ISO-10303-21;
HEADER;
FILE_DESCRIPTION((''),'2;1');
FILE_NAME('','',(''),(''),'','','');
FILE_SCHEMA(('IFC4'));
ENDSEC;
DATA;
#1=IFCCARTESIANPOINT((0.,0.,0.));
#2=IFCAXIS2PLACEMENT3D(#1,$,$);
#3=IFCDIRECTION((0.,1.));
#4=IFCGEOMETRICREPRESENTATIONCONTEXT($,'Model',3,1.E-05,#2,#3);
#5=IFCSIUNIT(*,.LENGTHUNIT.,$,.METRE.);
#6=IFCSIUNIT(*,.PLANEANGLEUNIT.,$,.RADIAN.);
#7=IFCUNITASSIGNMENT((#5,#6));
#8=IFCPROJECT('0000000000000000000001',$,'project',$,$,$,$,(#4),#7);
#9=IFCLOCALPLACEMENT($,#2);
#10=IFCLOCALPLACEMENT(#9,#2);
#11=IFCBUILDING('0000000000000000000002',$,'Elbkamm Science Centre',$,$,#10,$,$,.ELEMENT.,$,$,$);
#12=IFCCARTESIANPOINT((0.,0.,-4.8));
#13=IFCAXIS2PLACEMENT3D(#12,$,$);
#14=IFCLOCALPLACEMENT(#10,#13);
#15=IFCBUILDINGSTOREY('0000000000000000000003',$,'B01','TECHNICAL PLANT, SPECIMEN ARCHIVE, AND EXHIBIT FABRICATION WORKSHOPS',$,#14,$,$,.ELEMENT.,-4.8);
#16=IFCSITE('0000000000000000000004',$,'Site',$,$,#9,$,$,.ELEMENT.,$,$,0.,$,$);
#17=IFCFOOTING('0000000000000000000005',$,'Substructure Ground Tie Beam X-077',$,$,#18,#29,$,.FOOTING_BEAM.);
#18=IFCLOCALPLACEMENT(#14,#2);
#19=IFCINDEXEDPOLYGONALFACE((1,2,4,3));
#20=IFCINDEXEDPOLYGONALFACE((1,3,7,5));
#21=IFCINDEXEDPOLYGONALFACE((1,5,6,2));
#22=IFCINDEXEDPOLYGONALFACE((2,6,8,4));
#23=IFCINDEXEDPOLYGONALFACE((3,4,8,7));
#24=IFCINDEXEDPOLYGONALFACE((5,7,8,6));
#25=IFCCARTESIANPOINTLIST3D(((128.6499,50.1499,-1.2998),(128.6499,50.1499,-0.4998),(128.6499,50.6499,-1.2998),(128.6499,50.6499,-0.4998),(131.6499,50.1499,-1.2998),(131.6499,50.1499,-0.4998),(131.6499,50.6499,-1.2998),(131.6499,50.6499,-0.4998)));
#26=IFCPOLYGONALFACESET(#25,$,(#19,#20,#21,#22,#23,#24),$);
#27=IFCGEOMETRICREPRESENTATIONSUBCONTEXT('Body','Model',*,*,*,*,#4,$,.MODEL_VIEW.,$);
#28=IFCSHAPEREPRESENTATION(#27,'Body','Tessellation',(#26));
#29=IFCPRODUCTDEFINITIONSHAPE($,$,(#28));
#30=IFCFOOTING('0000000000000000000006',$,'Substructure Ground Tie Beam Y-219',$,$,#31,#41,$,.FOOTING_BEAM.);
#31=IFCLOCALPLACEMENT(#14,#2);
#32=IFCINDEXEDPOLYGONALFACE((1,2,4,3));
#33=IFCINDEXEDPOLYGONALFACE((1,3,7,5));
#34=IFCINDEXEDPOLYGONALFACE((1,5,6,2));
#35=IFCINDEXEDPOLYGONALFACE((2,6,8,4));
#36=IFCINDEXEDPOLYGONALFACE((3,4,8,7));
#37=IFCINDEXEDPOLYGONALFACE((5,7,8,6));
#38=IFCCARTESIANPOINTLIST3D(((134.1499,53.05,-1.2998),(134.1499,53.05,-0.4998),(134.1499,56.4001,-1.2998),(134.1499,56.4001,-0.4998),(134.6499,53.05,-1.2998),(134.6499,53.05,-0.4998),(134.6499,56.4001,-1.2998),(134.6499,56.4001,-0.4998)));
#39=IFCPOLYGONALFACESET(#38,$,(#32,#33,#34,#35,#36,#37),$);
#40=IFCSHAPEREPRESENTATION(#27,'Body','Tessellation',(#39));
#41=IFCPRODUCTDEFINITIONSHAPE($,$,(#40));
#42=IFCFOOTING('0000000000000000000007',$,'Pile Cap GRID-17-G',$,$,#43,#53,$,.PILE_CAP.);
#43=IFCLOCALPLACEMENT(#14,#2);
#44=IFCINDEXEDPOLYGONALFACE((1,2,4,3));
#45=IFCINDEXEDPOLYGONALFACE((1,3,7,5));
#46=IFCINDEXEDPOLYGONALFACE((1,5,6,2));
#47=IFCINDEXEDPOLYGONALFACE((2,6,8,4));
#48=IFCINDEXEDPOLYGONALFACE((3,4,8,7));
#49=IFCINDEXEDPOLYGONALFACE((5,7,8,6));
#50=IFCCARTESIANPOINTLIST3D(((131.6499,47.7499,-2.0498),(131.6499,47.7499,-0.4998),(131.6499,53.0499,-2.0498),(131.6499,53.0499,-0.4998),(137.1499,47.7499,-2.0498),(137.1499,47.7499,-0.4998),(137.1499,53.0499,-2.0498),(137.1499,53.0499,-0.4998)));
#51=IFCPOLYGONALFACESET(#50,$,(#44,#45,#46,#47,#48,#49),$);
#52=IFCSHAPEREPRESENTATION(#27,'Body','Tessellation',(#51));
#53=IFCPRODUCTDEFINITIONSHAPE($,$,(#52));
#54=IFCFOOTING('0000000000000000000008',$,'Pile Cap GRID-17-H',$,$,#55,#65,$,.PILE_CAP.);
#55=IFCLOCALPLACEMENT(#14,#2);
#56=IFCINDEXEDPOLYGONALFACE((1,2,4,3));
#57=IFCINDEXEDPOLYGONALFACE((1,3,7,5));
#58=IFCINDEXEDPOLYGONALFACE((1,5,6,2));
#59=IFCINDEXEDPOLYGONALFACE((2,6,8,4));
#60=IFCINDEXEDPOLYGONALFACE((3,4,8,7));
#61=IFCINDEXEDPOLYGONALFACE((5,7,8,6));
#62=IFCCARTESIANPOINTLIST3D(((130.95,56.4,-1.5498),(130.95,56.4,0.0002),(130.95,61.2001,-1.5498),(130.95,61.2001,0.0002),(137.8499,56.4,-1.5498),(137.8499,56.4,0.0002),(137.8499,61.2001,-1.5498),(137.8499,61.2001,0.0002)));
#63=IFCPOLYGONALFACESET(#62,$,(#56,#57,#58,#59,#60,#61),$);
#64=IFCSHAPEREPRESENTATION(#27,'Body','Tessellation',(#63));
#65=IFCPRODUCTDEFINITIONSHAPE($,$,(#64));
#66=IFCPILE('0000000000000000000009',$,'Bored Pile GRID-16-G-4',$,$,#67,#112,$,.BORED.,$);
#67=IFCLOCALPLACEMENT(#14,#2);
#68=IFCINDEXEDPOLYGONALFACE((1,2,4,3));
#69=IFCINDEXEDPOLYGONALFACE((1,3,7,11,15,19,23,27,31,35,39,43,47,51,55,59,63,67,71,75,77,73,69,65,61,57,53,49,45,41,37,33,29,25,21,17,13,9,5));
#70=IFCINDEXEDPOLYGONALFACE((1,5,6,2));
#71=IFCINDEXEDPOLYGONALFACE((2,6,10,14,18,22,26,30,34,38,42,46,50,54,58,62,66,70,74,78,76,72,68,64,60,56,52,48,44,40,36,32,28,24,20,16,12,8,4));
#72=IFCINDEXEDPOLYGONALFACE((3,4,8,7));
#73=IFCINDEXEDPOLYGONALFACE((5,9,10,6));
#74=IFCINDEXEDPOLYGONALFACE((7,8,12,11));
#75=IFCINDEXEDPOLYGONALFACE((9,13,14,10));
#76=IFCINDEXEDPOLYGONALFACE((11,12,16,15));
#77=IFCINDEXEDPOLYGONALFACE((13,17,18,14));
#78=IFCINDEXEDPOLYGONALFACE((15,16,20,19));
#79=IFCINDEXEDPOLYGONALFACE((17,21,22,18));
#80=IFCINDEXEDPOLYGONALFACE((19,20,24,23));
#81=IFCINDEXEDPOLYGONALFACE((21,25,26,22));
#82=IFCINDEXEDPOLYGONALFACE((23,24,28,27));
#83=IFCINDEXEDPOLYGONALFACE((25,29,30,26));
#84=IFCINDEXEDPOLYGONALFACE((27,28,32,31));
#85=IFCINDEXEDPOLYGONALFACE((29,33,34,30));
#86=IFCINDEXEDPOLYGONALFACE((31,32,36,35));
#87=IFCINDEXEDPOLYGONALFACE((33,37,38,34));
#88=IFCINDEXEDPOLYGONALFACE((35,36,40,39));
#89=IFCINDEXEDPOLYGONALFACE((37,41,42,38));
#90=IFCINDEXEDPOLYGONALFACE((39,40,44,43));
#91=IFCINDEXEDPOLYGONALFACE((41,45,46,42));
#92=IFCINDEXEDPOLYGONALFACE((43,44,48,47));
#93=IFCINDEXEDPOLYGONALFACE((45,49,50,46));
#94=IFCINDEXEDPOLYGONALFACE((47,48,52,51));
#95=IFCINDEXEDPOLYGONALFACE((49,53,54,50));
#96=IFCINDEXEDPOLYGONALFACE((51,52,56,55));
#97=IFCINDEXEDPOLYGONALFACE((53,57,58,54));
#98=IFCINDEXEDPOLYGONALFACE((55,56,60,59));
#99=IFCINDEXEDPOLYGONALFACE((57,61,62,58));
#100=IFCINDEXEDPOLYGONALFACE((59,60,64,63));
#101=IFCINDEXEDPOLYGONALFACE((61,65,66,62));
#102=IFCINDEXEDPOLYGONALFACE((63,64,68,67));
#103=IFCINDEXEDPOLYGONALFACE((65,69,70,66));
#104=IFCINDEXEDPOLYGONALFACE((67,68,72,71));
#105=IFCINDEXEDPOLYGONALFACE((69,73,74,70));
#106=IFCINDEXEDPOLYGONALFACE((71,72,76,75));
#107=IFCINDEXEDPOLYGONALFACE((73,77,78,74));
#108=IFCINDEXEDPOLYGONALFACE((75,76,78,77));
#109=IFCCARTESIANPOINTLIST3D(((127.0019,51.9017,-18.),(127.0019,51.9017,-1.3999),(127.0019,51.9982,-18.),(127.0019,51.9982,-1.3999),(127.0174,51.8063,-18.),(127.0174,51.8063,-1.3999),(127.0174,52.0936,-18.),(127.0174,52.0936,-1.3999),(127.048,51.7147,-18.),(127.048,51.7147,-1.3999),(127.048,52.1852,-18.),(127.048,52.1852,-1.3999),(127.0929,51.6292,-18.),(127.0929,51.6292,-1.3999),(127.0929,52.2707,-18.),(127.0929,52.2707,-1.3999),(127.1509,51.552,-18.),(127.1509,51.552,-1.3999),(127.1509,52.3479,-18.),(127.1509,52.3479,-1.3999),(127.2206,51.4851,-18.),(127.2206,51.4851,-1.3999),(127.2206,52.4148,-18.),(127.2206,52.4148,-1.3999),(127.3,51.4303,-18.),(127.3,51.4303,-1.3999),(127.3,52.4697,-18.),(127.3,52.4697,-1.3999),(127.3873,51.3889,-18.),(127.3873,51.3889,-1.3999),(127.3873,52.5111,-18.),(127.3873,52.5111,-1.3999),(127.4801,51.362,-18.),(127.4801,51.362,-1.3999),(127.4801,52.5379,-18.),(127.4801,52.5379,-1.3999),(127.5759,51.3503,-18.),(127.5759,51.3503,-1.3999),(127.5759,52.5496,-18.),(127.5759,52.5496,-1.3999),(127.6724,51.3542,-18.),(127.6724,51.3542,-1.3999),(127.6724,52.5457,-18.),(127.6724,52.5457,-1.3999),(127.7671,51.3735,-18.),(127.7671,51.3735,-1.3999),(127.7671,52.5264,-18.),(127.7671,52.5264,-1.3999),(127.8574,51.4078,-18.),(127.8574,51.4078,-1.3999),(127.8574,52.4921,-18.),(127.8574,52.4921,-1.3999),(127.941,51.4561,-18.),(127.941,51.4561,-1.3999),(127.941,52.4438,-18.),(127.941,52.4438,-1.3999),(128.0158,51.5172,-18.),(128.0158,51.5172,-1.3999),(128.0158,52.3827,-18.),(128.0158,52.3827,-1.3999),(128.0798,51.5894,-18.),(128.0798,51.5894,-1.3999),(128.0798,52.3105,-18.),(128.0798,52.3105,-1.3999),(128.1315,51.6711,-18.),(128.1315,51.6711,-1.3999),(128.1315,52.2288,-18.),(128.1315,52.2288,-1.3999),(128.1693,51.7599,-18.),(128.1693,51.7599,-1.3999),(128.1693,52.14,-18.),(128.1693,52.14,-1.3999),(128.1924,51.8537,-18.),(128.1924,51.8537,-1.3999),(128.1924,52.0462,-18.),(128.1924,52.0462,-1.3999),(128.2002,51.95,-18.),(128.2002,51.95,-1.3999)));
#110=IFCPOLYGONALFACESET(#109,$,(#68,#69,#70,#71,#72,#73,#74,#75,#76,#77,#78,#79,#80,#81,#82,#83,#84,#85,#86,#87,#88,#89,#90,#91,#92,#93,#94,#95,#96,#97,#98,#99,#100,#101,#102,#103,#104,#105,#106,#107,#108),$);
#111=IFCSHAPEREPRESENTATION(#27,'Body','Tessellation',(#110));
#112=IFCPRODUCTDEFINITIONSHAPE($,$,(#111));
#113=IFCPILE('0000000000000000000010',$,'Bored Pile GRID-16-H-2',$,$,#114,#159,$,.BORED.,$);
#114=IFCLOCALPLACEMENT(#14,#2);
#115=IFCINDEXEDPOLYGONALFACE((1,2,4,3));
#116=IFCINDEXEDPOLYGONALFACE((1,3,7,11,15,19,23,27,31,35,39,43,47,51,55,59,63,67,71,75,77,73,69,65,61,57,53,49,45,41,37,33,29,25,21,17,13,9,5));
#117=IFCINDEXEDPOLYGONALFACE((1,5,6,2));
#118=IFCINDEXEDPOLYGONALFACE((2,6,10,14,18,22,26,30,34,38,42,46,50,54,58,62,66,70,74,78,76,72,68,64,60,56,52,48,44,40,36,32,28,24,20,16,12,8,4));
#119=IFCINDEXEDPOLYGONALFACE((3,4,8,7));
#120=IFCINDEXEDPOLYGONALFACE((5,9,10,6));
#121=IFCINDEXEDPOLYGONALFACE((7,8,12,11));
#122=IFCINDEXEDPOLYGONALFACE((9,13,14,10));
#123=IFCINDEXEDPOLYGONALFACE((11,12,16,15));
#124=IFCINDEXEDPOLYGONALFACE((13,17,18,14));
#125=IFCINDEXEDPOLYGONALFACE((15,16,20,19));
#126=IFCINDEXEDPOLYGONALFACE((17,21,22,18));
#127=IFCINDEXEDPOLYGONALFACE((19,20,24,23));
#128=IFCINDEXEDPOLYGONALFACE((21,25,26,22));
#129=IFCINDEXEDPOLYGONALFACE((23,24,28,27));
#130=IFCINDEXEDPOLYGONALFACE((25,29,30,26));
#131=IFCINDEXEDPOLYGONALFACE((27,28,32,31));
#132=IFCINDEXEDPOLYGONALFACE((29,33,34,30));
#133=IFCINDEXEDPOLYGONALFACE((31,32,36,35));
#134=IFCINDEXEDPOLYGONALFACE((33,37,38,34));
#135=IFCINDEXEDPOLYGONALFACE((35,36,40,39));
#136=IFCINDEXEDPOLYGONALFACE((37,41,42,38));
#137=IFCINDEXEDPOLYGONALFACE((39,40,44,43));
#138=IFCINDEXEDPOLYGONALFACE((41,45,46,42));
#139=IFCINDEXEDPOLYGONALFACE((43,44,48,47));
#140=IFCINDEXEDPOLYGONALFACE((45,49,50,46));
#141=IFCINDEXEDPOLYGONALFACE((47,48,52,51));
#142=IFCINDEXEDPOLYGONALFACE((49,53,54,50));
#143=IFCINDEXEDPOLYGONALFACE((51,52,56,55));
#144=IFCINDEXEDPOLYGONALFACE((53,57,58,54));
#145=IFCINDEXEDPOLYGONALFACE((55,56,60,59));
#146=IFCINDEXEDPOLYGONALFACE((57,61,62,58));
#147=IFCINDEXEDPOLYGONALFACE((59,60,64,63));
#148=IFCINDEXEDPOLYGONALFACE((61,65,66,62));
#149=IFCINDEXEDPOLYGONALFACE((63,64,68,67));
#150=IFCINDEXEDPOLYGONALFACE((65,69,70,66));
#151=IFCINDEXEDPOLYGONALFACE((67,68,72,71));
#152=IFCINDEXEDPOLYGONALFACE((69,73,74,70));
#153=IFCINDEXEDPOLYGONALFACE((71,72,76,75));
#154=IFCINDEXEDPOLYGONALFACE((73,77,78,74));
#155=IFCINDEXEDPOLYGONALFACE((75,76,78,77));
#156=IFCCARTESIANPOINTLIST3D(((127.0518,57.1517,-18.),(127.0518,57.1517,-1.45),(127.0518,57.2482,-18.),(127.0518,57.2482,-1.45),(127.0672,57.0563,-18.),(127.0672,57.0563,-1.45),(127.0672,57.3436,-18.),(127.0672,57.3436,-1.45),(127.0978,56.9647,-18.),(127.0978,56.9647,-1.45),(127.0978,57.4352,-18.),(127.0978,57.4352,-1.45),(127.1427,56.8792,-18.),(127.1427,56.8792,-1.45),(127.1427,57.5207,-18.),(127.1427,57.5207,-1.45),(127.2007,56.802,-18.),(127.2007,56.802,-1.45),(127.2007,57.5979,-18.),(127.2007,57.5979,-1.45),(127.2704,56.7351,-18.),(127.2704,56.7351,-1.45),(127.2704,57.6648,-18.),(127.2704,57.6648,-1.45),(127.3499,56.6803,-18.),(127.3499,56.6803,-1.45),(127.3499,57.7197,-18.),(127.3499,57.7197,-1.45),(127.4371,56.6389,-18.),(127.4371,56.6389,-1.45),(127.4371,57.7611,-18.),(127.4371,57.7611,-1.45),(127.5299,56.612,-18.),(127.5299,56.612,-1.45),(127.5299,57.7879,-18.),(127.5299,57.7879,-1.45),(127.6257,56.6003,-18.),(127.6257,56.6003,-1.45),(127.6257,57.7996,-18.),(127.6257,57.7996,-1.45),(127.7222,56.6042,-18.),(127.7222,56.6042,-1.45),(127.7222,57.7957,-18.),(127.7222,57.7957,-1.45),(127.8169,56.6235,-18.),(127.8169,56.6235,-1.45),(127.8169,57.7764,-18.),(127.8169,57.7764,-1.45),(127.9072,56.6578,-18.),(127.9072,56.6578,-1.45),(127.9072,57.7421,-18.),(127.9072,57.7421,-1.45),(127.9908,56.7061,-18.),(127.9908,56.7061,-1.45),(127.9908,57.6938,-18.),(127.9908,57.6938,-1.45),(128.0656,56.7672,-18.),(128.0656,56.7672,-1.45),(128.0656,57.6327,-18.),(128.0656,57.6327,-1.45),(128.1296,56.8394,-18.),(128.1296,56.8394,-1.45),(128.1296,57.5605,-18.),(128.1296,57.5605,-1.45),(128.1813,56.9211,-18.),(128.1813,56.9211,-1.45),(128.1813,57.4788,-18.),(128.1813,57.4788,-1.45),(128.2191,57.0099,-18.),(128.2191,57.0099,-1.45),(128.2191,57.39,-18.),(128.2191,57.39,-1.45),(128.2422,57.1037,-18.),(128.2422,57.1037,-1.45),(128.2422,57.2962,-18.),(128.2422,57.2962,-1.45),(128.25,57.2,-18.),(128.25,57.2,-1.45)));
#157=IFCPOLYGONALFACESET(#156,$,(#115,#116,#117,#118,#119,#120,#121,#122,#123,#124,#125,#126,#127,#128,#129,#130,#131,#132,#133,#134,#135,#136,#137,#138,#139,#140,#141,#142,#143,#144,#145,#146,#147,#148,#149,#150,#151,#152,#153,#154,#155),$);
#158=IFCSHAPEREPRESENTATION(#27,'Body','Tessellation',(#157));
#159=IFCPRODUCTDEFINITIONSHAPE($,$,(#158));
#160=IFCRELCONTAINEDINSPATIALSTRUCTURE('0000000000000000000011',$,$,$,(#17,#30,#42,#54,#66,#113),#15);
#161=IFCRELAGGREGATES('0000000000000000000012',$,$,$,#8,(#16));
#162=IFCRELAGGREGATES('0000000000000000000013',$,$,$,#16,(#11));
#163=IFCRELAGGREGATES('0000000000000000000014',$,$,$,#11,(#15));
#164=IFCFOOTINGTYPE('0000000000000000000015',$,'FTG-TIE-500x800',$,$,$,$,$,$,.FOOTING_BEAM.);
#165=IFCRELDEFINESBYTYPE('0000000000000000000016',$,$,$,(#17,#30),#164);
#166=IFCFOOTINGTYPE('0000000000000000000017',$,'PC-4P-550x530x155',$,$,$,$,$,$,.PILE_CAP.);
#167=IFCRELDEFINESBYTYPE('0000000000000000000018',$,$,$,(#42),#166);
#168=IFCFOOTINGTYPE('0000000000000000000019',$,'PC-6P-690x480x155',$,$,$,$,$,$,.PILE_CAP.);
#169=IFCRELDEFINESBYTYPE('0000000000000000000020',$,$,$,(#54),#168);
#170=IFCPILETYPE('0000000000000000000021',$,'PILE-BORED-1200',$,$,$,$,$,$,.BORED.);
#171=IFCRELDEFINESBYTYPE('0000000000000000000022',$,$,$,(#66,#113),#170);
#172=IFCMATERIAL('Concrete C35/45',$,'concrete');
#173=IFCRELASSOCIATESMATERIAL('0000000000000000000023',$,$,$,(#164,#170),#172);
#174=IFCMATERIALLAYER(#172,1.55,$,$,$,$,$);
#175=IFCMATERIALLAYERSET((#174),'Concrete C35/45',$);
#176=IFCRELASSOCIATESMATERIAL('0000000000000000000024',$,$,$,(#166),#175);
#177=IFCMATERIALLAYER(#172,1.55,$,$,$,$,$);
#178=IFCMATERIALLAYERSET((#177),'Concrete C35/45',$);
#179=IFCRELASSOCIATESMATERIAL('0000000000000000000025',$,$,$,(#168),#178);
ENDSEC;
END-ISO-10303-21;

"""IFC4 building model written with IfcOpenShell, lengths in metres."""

from ifc_helpers import new_model, si_unit, direction, frame, origin, origin_2d, place, context, subcontext, project, spatial, rectangle, circle, extrude, material, layer, layer_set, material_profile, profile_set, type_object, element, save


model = new_model("IFC4")

# Units and contexts
model_context = context("Model", 3, precision=1e-05, world=origin(), true_north=direction((0.0, 1.0)))
body_context = subcontext(model_context, "Body", "Model", "MODEL_VIEW")
ifc_project = project(units=[si_unit("LENGTHUNIT", "METRE"), si_unit("PLANEANGLEUNIT", "RADIAN")], contexts=[model_context])

# Site, building, storey
site_placement = place(None, origin())
site = spatial("IfcSite", under=ifc_project, at=site_placement, Name="Site", CompositionType="ELEMENT", RefElevation=0.0)
building_placement = place(site_placement, origin())
building = spatial("IfcBuilding", under=site, at=building_placement, Name="Elbkamm Science Centre", CompositionType="ELEMENT")
storey_placement = place(building_placement, frame((0.0, 0.0, -4.8)))
storey = spatial("IfcBuildingStorey", under=building, at=storey_placement, Name="B01", Description="TECHNICAL PLANT, SPECIMEN ARCHIVE, AND EXHIBIT FABRICATION WORKSHOPS", CompositionType="ELEMENT", Elevation=-4.8)

# Footings
ifc_material_1 = material(Name="Concrete C35/45", Category="concrete")
footing_type_1 = type_object("IfcFootingType", Name="FTG-TIE-500x800", PredefinedType="FOOTING_BEAM", material=ifc_material_1)
footing_1_placement = place(storey_placement, frame((130.1499, 50.3999, -1.2998), z_axis=(0.0, 0.0, 1.0), x_axis=(1.0, 0.0, 0.0)))
element("IfcFooting", 1, at=footing_1_placement, inside=storey, type_object=footing_type_1, Name="Substructure Ground Tie Beam X-077", PredefinedType="FOOTING_BEAM", context=body_context, shape_type="SweptSolid", body=[
    extrude(rectangle(XDim=3.0, YDim=0.5, at=origin_2d()), origin(), (0.0, 0.0, 1.0), 0.8),
])
footing_2_placement = place(storey_placement, frame((134.3999, 54.7251, -1.2998), z_axis=(0.0, 0.0, 1.0), x_axis=(1.0, 0.0, 0.0)))
element("IfcFooting", 2, at=footing_2_placement, inside=storey, type_object=footing_type_1, Name="Substructure Ground Tie Beam Y-219", PredefinedType="FOOTING_BEAM", context=body_context, shape_type="SweptSolid", body=[
    extrude(rectangle(XDim=0.5, YDim=3.3501, at=origin_2d()), origin(), (0.0, 0.0, 1.0), 0.8),
])
ifc_layer_1 = layer(ifc_material_1, 1.55)
ifc_layer_set_1 = layer_set([ifc_layer_1], Name="Concrete C35/45")
footing_type_2 = type_object("IfcFootingType", Name="PC-4P-550x530x155", PredefinedType="PILE_CAP", material=ifc_layer_set_1)
footing_3_placement = place(storey_placement, frame((134.3999, 50.3999, -2.0498), z_axis=(0.0, 0.0, 1.0), x_axis=(1.0, 0.0, 0.0)))
element("IfcFooting", 3, at=footing_3_placement, inside=storey, type_object=footing_type_2, Name="Pile Cap GRID-17-G", PredefinedType="PILE_CAP", context=body_context, shape_type="SweptSolid", body=[
    extrude(rectangle(XDim=5.5, YDim=5.3, at=origin_2d()), origin(), (0.0, 0.0, 1.0), 1.55),
])
ifc_layer_2 = layer(ifc_material_1, 1.55)
ifc_layer_set_2 = layer_set([ifc_layer_2], Name="Concrete C35/45")
footing_type_3 = type_object("IfcFootingType", Name="PC-6P-690x480x155", PredefinedType="PILE_CAP", material=ifc_layer_set_2)
footing_4_placement = place(storey_placement, frame((134.3999, 58.8, -1.5498), z_axis=(0.0, 0.0, 1.0), x_axis=(1.0, 0.0, 0.0)))
element("IfcFooting", 4, at=footing_4_placement, inside=storey, type_object=footing_type_3, Name="Pile Cap GRID-17-H", PredefinedType="PILE_CAP", context=body_context, shape_type="SweptSolid", body=[
    extrude(rectangle(XDim=6.8999, YDim=4.8, at=origin_2d()), origin(), (0.0, 0.0, 1.0), 1.55),
])

# Piles
ifc_material_profile_1 = material_profile(ifc_material_1, circle(Radius=0.6001, at=origin_2d()), Name="PILE D1200")
ifc_profile_set_1 = profile_set([ifc_material_profile_1], Name="Concrete C35/45")
pile_type = type_object("IfcPileType", Name="PILE-BORED-1200", PredefinedType="BORED", material=ifc_profile_set_1)
pile_1_placement = place(storey_placement, frame((127.6001, 51.95, -1.3999), z_axis=(0.0, 0.0, -1.0), x_axis=(1.0, 0.0, 0.0)))
element("IfcPile", 5, at=pile_1_placement, inside=storey, type_object=pile_type, Name="Bored Pile GRID-16-G-4", PredefinedType="BORED", context=body_context, shape_type="SweptSolid", body=[
    extrude(circle(Radius=0.6001, at=origin_2d()), origin(), (0.0, 0.0, 1.0), 16.6001),
])
for number, where, z_axis, x_axis, name in (
    (6, (127.6499, 57.2, -1.45), (0.0, 0.0, -1.0), (1.0, 0.0, 0.0), "Bored Pile GRID-16-H-2"),
):
    element("IfcPile", number, at=place(storey_placement, frame(where, z_axis=z_axis, x_axis=x_axis)), inside=storey, type_object=pile_type, Name=name, PredefinedType="BORED", context=body_context, shape_type="SweptSolid", body=[
        extrude(circle(Radius=0.6001, at=origin_2d()), origin(), (0.0, 0.0, 1.0), 16.55),
    ])

save(model, "model.ifc")
